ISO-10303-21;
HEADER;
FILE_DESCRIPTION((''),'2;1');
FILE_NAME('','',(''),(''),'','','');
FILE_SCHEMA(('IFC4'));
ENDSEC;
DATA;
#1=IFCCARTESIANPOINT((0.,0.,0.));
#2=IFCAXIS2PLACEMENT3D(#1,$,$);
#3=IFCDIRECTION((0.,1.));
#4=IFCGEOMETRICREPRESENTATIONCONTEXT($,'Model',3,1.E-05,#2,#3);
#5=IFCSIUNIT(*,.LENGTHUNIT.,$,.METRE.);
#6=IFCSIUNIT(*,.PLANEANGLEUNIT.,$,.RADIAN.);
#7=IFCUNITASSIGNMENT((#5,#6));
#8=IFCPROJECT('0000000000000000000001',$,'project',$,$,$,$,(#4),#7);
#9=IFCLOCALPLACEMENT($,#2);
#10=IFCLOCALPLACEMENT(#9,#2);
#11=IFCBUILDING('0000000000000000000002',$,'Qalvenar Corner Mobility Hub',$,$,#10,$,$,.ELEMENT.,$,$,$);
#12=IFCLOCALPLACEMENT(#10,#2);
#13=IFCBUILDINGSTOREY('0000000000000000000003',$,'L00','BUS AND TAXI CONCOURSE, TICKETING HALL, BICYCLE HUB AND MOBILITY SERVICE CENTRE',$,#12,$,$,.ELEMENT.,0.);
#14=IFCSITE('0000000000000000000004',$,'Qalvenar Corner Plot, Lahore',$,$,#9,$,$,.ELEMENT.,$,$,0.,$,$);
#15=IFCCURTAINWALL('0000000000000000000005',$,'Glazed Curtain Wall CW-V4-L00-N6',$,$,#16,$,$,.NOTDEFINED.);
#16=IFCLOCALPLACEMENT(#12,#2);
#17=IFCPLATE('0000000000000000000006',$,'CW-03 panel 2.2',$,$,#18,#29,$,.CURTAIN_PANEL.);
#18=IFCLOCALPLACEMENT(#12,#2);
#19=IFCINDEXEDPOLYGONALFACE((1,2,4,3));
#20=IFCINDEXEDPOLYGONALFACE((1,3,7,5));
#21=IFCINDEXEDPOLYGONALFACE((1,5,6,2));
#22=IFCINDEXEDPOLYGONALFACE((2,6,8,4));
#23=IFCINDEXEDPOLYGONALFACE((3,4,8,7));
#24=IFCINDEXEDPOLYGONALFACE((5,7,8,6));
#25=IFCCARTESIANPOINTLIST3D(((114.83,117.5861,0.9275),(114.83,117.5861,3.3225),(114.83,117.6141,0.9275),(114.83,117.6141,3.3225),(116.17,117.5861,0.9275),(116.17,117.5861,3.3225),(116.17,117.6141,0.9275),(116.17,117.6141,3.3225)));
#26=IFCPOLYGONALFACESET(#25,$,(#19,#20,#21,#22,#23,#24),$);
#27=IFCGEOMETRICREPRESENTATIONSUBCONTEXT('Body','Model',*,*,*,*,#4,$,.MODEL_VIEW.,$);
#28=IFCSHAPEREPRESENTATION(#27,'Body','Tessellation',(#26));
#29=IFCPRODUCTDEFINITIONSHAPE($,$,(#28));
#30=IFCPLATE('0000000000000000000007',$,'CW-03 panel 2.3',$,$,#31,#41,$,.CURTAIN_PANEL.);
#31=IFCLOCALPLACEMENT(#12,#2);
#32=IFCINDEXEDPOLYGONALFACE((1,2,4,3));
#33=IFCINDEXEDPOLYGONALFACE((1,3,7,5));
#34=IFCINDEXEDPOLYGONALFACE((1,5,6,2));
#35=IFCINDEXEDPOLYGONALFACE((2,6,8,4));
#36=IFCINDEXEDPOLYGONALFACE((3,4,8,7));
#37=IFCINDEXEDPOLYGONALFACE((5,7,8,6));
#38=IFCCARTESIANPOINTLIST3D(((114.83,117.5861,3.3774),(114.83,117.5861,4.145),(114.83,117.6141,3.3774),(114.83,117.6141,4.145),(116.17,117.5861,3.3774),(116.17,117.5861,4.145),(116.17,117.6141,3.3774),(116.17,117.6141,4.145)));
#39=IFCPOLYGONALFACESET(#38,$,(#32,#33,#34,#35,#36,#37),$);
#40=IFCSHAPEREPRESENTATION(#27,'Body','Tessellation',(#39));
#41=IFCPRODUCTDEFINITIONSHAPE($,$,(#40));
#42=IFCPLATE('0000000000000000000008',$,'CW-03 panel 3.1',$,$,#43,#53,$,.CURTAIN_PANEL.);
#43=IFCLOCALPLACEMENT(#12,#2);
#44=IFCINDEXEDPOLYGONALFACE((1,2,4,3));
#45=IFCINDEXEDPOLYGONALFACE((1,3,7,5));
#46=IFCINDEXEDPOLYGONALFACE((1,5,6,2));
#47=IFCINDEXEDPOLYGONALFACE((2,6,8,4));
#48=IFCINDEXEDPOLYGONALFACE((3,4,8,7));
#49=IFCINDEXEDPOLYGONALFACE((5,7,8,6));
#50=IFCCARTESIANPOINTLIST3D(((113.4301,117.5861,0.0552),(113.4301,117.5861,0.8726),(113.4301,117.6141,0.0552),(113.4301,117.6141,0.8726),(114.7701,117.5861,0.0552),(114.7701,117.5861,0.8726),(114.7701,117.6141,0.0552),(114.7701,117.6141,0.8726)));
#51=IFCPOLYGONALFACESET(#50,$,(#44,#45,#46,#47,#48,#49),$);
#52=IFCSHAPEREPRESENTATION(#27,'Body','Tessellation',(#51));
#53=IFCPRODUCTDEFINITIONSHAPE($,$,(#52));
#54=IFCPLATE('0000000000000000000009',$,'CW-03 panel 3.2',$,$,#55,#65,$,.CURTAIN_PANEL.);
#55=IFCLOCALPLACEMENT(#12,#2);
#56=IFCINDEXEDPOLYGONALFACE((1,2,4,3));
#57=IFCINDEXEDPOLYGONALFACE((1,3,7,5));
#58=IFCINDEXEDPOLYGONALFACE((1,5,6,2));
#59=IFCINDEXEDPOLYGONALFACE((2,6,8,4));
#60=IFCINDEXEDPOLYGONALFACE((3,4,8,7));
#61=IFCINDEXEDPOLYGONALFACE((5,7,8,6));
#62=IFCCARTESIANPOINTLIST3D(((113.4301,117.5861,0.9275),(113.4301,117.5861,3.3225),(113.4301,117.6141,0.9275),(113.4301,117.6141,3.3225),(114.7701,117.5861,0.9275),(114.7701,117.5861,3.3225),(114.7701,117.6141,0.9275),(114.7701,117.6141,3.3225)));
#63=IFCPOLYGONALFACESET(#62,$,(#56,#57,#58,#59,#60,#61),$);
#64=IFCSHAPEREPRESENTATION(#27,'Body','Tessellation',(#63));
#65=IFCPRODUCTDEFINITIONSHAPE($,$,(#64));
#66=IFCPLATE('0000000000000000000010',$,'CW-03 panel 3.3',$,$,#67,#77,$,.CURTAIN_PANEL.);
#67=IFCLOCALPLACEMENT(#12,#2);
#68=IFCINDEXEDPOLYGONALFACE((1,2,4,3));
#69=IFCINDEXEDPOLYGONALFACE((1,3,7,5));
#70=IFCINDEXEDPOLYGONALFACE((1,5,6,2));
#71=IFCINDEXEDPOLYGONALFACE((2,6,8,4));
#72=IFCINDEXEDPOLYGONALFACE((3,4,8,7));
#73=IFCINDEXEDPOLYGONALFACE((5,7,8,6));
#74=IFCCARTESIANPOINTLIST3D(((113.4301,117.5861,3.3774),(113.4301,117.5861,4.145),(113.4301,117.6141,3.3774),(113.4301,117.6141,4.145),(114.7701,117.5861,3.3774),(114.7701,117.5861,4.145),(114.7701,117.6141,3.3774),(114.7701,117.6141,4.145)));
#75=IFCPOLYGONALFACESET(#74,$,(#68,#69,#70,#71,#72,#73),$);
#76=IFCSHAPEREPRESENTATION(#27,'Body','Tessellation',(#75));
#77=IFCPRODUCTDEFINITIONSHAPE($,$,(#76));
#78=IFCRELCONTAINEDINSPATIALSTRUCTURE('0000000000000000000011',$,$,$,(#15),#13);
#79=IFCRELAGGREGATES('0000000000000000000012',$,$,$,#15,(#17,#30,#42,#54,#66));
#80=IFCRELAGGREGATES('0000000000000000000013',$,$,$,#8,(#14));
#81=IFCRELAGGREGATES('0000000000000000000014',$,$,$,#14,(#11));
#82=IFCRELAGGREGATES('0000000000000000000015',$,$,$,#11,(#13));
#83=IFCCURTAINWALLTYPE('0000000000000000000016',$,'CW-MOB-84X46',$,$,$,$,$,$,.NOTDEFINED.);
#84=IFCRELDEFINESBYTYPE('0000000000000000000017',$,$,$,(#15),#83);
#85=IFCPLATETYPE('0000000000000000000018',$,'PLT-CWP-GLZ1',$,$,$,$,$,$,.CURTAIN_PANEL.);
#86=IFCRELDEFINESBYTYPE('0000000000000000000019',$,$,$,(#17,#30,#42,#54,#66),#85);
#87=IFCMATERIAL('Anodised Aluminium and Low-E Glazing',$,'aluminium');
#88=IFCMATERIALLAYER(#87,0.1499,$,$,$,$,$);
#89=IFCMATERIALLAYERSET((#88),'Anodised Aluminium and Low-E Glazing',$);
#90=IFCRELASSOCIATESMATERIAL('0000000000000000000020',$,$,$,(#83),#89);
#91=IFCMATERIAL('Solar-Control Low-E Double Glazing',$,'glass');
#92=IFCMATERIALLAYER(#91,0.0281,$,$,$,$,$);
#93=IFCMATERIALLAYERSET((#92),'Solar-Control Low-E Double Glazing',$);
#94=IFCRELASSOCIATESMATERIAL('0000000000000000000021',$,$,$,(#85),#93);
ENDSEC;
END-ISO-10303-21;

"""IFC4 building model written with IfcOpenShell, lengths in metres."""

from ifc_helpers import new_model, si_unit, direction, frame, origin, origin_2d, place, context, subcontext, project, spatial, rectangle, extrude, material, layer, layer_set, type_object, element, aggregate, save


model = new_model("IFC4")

# Units and contexts
model_context = context("Model", 3, precision=1e-05, world=origin(), true_north=direction((0.0, 1.0)))
body_context = subcontext(model_context, "Body", "Model", "MODEL_VIEW")
ifc_project = project(units=[si_unit("LENGTHUNIT", "METRE"), si_unit("PLANEANGLEUNIT", "RADIAN")], contexts=[model_context])

# Site, building, storey
site_placement = place(None, origin())
site = spatial("IfcSite", under=ifc_project, at=site_placement, Name="Qalvenar Corner Plot, Lahore", CompositionType="ELEMENT", RefElevation=0.0)
building_placement = place(site_placement, origin())
building = spatial("IfcBuilding", under=site, at=building_placement, Name="Qalvenar Corner Mobility Hub", CompositionType="ELEMENT")
storey_placement = place(building_placement, origin())
storey = spatial("IfcBuildingStorey", under=building, at=storey_placement, Name="L00", Description="BUS AND TAXI CONCOURSE, TICKETING HALL, BICYCLE HUB AND MOBILITY SERVICE CENTRE", CompositionType="ELEMENT", Elevation=0.0)

# Curtain wall, plates
ifc_material_1 = material(Name="Anodised Aluminium and Low-E Glazing", Category="aluminium")
ifc_layer_1 = layer(ifc_material_1, 0.1499)
ifc_layer_set_1 = layer_set([ifc_layer_1], Name="Anodised Aluminium and Low-E Glazing")
curtain_wall_type = type_object("IfcCurtainWallType", Name="CW-MOB-84X46", PredefinedType="NOTDEFINED", material=ifc_layer_set_1)
curtain_wall_placement = place(storey_placement, origin())
curtain_wall = element("IfcCurtainWall", 1, at=curtain_wall_placement, inside=storey, type_object=curtain_wall_type, Name="Glazed Curtain Wall CW-V4-L00-N6", PredefinedType="NOTDEFINED")
ifc_material_2 = material(Name="Solar-Control Low-E Double Glazing", Category="glass")
ifc_layer_2 = layer(ifc_material_2, 0.0281)
ifc_layer_set_2 = layer_set([ifc_layer_2], Name="Solar-Control Low-E Double Glazing")
plate_type = type_object("IfcPlateType", Name="PLT-CWP-GLZ1", PredefinedType="CURTAIN_PANEL", material=ifc_layer_set_2)
plate_1_placement = place(storey_placement, frame((115.5, 117.6001, 0.9275), z_axis=(0.0, 0.0, 1.0), x_axis=(-1.0, 0.0, 0.0)))
plate_1 = element("IfcPlate", 2, at=plate_1_placement, type_object=plate_type, Name="CW-03 panel 2.2", PredefinedType="CURTAIN_PANEL", context=body_context, shape_type="SweptSolid", body=[
    extrude(rectangle(XDim=1.3401, YDim=0.0281, at=origin_2d()), origin(), (0.0, 0.0, 1.0), 2.395),
])
plate_2_placement = place(storey_placement, frame((115.5, 117.6001, 3.3774), z_axis=(0.0, 0.0, 1.0), x_axis=(-1.0, 0.0, 0.0)))
plate_2 = element("IfcPlate", 3, at=plate_2_placement, type_object=plate_type, Name="CW-03 panel 2.3", PredefinedType="CURTAIN_PANEL", context=body_context, shape_type="SweptSolid", body=[
    extrude(rectangle(XDim=1.3401, YDim=0.0281, at=origin_2d()), origin(), (0.0, 0.0, 1.0), 0.7676),
])
plate_3_placement = place(storey_placement, frame((114.1001, 117.6001, 0.0552), z_axis=(0.0, 0.0, 1.0), x_axis=(-1.0, 0.0, 0.0)))
plate_3 = element("IfcPlate", 4, at=plate_3_placement, type_object=plate_type, Name="CW-03 panel 3.1", PredefinedType="CURTAIN_PANEL", context=body_context, shape_type="SweptSolid", body=[
    extrude(rectangle(XDim=1.3401, YDim=0.0281, at=origin_2d()), origin(), (0.0, 0.0, 1.0), 0.8174),
])
plate_4_placement = place(storey_placement, frame((114.1001, 117.6001, 0.9275), z_axis=(0.0, 0.0, 1.0), x_axis=(-1.0, 0.0, 0.0)))
plate_4 = element("IfcPlate", 5, at=plate_4_placement, type_object=plate_type, Name="CW-03 panel 3.2", PredefinedType="CURTAIN_PANEL", context=body_context, shape_type="SweptSolid", body=[
    extrude(rectangle(XDim=1.3401, YDim=0.0281, at=origin_2d()), origin(), (0.0, 0.0, 1.0), 2.395),
])
plate_5_placement = place(storey_placement, frame((114.1001, 117.6001, 3.3774), z_axis=(0.0, 0.0, 1.0), x_axis=(-1.0, 0.0, 0.0)))
plate_5 = element("IfcPlate", 6, at=plate_5_placement, type_object=plate_type, Name="CW-03 panel 3.3", PredefinedType="CURTAIN_PANEL", context=body_context, shape_type="SweptSolid", body=[
    extrude(rectangle(XDim=1.3401, YDim=0.0281, at=origin_2d()), origin(), (0.0, 0.0, 1.0), 0.7676),
])
aggregate(curtain_wall, [plate_1, plate_2, plate_3, plate_4, plate_5])

save(model, "model.ifc")
